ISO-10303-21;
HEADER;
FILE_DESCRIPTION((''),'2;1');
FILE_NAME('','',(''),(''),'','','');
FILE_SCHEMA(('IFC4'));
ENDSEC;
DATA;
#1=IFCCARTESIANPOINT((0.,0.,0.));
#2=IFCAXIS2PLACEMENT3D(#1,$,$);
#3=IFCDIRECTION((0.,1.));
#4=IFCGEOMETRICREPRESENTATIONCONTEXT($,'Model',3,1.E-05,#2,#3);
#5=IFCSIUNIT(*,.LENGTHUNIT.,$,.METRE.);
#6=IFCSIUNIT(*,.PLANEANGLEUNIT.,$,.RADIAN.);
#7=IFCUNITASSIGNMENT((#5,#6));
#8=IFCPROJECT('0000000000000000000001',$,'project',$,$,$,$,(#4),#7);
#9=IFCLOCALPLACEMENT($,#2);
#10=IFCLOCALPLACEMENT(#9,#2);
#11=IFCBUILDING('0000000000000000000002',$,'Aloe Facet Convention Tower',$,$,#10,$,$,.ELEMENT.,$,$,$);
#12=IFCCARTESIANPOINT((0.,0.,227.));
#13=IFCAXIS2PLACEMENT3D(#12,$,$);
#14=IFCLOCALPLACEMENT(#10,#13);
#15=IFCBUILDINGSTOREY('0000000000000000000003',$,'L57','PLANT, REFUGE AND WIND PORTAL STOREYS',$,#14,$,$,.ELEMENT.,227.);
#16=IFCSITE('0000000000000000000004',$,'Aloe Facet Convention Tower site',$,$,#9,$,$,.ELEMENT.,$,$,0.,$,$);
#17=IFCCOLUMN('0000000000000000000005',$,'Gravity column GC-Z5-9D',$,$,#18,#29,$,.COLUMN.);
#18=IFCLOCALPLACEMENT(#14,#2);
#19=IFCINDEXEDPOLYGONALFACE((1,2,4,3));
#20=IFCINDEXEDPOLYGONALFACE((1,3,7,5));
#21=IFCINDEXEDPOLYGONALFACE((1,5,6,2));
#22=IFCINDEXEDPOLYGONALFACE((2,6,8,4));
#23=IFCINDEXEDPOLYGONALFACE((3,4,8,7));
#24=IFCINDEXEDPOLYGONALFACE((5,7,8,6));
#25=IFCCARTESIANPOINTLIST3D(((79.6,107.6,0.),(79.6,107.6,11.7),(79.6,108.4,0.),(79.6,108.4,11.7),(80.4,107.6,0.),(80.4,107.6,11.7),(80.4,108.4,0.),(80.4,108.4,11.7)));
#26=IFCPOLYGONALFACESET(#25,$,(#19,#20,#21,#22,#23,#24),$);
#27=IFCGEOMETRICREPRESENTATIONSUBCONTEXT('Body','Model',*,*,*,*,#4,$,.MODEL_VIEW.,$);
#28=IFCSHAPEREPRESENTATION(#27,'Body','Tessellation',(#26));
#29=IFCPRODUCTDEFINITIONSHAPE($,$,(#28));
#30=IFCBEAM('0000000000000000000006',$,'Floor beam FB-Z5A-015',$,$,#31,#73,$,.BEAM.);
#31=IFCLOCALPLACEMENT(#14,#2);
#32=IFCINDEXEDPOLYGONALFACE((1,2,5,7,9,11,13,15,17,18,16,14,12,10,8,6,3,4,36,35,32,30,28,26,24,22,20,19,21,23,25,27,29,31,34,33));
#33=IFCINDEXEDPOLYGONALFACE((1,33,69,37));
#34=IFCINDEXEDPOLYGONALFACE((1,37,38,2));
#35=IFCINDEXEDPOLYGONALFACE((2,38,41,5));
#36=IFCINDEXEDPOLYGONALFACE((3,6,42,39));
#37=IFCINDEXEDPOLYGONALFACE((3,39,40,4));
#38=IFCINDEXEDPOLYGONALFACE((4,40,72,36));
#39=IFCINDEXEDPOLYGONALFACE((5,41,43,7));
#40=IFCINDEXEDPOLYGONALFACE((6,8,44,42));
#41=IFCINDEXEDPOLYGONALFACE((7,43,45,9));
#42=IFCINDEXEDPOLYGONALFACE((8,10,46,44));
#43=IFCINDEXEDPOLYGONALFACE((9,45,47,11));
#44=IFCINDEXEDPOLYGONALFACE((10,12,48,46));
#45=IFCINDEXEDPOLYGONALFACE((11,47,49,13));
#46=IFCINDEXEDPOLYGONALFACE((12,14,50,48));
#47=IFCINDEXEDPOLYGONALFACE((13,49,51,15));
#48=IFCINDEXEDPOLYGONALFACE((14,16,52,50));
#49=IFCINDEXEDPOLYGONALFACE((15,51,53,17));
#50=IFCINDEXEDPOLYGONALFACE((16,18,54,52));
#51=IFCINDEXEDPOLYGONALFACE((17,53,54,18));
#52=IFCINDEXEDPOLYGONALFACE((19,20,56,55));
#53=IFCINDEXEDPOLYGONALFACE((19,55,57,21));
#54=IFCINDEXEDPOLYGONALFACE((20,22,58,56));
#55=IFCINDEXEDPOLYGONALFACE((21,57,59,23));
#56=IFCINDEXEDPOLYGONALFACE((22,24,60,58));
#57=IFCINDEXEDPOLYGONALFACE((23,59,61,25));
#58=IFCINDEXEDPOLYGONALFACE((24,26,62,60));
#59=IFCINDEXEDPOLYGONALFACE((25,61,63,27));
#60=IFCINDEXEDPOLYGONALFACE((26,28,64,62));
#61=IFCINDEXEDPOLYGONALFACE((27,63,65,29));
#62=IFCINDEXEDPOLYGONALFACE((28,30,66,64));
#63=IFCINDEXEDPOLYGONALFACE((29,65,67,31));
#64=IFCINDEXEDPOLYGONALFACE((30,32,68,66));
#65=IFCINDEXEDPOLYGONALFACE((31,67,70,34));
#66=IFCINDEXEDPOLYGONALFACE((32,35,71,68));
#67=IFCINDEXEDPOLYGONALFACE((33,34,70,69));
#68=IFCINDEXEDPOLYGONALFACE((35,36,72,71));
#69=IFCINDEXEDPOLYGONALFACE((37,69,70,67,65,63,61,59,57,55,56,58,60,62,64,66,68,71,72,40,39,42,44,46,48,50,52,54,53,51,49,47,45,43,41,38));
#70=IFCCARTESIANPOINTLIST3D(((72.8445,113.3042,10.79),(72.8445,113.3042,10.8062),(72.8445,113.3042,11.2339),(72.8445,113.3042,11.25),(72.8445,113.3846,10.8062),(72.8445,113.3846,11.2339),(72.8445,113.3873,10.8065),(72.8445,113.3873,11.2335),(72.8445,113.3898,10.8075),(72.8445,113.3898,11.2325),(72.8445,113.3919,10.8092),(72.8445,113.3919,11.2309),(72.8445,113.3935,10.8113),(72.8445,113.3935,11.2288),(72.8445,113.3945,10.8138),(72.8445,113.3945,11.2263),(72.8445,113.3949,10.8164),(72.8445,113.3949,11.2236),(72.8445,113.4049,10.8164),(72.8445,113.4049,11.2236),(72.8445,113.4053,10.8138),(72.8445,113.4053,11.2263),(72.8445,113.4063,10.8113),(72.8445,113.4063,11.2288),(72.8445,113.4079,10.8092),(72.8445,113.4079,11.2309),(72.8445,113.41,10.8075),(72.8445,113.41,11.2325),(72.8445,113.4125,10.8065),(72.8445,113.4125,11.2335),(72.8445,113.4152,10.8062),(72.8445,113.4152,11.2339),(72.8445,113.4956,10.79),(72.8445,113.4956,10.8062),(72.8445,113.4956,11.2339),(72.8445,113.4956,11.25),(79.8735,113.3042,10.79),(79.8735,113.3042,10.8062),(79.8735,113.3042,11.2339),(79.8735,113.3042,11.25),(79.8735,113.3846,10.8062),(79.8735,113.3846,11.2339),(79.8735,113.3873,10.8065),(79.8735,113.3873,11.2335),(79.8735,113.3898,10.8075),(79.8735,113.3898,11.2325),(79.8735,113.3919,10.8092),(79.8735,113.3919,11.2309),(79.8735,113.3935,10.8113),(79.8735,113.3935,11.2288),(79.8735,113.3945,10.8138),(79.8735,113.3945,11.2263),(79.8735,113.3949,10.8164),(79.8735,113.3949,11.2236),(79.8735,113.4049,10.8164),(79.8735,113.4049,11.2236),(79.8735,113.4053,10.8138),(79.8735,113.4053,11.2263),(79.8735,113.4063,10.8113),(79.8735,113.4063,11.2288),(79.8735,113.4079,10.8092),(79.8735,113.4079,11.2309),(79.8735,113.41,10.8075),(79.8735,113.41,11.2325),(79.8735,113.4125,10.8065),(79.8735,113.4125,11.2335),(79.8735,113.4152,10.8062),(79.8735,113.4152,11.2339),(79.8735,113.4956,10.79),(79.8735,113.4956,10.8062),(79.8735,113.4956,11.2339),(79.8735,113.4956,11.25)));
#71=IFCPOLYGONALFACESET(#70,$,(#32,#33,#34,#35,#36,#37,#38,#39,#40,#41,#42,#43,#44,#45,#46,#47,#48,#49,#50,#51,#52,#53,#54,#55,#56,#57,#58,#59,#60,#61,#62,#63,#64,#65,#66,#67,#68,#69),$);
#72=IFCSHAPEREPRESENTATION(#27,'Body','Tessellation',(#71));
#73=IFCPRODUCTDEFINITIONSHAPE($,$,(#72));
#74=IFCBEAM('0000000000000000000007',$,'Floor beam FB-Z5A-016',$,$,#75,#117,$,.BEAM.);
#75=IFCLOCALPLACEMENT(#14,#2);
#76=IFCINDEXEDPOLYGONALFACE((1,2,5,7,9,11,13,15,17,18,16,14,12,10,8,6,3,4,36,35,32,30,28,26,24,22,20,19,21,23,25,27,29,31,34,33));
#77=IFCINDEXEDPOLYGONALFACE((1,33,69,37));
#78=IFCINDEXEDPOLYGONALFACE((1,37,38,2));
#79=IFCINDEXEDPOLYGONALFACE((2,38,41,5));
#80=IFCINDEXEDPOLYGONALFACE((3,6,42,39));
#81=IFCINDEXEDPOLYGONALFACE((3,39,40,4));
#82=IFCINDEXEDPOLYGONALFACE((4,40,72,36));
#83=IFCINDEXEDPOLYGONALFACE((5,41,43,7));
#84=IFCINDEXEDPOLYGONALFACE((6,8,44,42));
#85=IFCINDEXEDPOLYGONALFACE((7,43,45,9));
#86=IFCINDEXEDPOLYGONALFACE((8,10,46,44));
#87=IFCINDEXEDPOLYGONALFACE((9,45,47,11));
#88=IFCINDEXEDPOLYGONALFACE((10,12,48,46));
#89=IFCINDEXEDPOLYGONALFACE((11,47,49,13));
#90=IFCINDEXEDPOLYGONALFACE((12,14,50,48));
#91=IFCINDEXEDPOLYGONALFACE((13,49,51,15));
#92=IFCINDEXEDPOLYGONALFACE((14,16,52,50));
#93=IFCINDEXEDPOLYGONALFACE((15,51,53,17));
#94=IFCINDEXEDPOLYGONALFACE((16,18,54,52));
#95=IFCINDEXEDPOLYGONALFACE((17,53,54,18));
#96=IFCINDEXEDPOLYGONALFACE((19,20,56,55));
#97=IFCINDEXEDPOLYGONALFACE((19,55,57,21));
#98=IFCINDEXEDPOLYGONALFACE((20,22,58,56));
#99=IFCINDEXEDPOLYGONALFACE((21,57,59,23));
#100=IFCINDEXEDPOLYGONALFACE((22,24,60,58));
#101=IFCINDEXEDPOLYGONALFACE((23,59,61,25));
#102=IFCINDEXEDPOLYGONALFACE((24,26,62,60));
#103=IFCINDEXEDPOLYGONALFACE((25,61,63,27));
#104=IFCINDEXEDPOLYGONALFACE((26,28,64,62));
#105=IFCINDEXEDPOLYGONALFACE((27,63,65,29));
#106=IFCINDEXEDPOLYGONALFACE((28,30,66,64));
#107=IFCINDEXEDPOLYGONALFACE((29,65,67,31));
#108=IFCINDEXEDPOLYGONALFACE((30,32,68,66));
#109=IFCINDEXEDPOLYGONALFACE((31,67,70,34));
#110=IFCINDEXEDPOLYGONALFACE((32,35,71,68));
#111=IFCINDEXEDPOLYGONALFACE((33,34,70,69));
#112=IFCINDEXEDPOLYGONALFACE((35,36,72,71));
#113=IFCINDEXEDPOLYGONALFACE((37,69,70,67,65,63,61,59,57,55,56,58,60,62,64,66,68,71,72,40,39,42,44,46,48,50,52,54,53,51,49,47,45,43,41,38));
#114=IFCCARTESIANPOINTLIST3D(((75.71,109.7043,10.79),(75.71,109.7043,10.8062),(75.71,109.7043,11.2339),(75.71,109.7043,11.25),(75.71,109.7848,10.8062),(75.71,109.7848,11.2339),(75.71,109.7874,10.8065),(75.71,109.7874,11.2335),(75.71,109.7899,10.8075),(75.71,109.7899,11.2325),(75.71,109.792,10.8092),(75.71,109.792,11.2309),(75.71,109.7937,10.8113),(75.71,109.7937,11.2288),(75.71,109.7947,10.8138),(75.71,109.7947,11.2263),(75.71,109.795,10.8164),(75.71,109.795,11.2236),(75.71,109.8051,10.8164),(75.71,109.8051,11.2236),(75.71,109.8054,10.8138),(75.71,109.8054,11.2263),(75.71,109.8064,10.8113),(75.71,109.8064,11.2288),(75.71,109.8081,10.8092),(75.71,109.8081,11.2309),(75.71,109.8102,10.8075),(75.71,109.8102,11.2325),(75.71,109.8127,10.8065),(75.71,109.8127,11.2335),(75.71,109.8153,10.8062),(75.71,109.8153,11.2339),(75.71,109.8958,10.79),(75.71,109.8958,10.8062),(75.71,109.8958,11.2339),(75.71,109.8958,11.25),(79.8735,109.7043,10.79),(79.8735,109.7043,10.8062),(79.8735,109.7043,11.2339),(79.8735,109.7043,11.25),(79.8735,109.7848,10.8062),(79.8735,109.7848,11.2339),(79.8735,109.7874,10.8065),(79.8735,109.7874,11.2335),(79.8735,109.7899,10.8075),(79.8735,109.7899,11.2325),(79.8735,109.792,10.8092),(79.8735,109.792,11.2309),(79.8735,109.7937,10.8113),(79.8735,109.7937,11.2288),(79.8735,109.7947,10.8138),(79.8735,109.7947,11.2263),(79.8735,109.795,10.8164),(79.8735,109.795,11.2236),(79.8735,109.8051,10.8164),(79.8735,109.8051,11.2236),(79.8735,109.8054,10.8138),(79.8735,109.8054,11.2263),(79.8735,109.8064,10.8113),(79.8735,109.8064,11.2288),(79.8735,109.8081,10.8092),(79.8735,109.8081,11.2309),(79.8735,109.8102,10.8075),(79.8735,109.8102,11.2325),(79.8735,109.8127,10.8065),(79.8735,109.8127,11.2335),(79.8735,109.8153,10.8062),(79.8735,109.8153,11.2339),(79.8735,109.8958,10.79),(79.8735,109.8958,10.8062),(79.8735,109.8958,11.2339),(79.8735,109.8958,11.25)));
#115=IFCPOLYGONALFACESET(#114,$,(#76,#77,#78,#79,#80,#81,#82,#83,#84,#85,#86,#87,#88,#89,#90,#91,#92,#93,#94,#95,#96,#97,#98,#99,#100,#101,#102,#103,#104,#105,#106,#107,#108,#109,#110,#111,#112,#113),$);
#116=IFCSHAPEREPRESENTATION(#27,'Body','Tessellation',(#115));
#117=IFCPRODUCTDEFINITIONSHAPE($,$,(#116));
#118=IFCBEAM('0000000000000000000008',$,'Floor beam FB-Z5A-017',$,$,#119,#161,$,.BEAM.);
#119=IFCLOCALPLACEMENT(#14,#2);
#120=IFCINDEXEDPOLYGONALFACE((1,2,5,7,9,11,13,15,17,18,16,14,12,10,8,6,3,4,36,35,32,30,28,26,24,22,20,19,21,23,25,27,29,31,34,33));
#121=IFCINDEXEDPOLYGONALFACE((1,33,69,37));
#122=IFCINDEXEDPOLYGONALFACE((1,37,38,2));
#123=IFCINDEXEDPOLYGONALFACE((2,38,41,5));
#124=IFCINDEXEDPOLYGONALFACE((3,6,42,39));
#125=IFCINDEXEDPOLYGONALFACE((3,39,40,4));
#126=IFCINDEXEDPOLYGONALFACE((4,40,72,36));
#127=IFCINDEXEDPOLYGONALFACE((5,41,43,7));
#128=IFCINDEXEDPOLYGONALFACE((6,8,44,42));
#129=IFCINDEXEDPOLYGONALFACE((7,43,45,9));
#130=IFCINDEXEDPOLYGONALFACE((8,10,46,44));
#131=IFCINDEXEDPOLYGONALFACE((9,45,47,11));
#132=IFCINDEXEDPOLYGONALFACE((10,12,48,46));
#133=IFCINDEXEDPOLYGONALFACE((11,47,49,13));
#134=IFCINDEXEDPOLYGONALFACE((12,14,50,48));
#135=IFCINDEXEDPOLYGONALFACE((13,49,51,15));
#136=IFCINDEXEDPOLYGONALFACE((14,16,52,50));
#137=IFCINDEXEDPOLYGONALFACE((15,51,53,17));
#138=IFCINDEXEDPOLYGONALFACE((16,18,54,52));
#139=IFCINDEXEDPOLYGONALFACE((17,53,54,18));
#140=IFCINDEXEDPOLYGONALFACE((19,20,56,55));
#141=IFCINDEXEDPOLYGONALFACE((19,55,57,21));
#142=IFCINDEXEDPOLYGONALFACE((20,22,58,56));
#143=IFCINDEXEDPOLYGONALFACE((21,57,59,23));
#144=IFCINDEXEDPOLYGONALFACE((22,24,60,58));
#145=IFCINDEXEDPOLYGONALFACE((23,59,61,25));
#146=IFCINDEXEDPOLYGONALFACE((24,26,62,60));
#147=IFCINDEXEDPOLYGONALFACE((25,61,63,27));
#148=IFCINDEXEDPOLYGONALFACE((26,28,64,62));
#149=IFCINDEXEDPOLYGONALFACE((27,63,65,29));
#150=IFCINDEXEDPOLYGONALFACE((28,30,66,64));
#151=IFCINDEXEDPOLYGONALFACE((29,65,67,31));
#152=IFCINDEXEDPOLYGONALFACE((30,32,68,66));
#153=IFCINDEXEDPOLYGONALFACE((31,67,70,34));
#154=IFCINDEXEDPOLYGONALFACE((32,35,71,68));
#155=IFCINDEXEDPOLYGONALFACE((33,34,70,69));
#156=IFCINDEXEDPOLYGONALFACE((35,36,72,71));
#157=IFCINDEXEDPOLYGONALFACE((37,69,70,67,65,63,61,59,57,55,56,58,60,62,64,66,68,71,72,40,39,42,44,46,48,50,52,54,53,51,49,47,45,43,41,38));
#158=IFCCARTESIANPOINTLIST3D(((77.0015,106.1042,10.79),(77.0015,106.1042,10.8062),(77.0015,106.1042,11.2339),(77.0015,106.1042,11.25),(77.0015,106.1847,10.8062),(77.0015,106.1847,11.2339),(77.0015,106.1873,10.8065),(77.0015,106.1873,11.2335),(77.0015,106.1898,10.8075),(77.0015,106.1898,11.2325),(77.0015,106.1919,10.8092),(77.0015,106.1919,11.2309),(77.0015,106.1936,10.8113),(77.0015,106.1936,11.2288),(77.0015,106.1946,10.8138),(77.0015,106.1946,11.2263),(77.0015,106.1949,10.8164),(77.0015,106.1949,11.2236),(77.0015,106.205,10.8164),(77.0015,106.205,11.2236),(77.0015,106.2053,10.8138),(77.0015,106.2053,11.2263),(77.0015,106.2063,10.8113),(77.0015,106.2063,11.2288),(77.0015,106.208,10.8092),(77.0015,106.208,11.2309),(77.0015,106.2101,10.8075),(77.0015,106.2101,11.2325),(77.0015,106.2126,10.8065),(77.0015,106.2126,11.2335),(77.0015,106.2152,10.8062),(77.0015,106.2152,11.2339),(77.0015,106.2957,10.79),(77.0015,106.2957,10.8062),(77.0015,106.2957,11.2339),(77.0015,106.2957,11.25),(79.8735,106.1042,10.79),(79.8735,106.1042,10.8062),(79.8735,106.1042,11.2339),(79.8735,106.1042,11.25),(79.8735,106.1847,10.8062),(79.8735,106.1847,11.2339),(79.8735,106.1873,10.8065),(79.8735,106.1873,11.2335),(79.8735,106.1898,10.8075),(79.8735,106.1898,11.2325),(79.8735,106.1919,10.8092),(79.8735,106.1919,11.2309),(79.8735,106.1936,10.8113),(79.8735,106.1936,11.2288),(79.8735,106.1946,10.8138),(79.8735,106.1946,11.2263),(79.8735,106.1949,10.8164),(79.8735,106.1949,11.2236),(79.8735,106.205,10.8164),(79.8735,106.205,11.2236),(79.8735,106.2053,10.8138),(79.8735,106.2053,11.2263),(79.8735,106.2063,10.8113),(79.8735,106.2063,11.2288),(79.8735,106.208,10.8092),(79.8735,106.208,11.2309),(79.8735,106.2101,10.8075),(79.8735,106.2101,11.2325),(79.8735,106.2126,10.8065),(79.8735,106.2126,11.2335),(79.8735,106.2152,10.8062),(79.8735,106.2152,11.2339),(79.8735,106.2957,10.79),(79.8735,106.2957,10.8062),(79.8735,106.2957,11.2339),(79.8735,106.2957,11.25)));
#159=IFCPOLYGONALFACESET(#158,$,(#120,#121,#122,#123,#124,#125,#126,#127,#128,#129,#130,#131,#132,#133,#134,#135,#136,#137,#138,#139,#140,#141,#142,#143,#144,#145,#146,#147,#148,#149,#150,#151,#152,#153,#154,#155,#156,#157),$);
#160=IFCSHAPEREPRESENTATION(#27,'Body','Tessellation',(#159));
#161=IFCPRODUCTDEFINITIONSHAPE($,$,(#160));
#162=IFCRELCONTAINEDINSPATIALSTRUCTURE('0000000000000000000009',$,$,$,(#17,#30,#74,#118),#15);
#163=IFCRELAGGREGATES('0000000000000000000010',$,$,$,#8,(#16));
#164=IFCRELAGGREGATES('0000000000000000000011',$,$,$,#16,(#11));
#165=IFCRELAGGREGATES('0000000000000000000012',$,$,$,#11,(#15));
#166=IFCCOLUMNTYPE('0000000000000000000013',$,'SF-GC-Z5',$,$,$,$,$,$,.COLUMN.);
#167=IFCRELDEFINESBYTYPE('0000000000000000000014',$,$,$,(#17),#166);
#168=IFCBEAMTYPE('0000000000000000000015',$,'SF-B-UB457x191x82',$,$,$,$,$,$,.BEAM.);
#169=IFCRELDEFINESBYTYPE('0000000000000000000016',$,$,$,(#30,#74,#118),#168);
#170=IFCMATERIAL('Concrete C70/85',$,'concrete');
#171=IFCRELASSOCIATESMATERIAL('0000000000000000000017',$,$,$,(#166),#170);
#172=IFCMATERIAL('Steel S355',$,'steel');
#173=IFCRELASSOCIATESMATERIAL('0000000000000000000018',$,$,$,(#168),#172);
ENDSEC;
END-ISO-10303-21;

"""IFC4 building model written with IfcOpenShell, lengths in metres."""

from ifc_helpers import new_model, si_unit, direction, frame, origin, origin_2d, place, context, subcontext, project, spatial, rectangle, i_section, extrude, material, material_profile, profile_set, type_object, element, save


model = new_model("IFC4")

# Units and contexts
model_context = context("Model", 3, precision=1e-05, world=origin(), true_north=direction((0.0, 1.0)))
body_context = subcontext(model_context, "Body", "Model", "MODEL_VIEW")
ifc_project = project(units=[si_unit("LENGTHUNIT", "METRE"), si_unit("PLANEANGLEUNIT", "RADIAN")], contexts=[model_context])

# Site, building, storey
site_placement = place(None, origin())
site = spatial("IfcSite", under=ifc_project, at=site_placement, Name="Aloe Facet Convention Tower site", CompositionType="ELEMENT", RefElevation=0.0)
building_placement = place(site_placement, origin())
building = spatial("IfcBuilding", under=site, at=building_placement, Name="Aloe Facet Convention Tower", CompositionType="ELEMENT")
storey_placement = place(building_placement, frame((0.0, 0.0, 227.0)))
storey = spatial("IfcBuildingStorey", under=building, at=storey_placement, Name="L57", Description="PLANT, REFUGE AND WIND PORTAL STOREYS", CompositionType="ELEMENT", Elevation=227.0)

# Column
ifc_material_1 = material(Name="Concrete C70/85", Category="concrete")
ifc_material_profile_1 = material_profile(ifc_material_1, rectangle(XDim=0.8, YDim=0.8, at=origin_2d()), Name="SF-GC-Z5")
ifc_profile_set_1 = profile_set([ifc_material_profile_1], Name="Concrete C70/85")
column_type = type_object("IfcColumnType", Name="SF-GC-Z5", PredefinedType="COLUMN", material=ifc_profile_set_1)
column_placement = place(storey_placement, frame((80.0, 108.0, 0.0), z_axis=(0.0, 0.0, 1.0), x_axis=(1.0, 0.0, 0.0)))
element("IfcColumn", 1, at=column_placement, inside=storey, type_object=column_type, Name="Gravity column GC-Z5-9D", PredefinedType="COLUMN", context=body_context, shape_type="SweptSolid", body=[
    extrude(rectangle(XDim=0.8, YDim=0.8, at=origin_2d()), origin(), (0.0, 0.0, 1.0), 11.7),
])

# Beams
ifc_material_2 = material(Name="Steel S355", Category="steel")
ifc_material_profile_2 = material_profile(ifc_material_2, i_section(OverallWidth=0.1914, OverallDepth=0.46, WebThickness=0.01, FlangeThickness=0.0161, FilletRadius=0.0103, at=origin_2d()), Name="UB 457x191x82")
ifc_profile_set_2 = profile_set([ifc_material_profile_2], Name="Steel S355")
beam_type_1 = type_object("IfcBeamType", Name="SF-B-UB457x191x82", PredefinedType="BEAM", material=ifc_profile_set_2)
beam_1_placement = place(storey_placement, frame((72.8445, 113.3999, 11.02), z_axis=(1.0, 0.0, 0.0), x_axis=(0.0, 1.0, 0.0)))
element("IfcBeam", 2, at=beam_1_placement, inside=storey, type_object=beam_type_1, Name="Floor beam FB-Z5A-015", PredefinedType="BEAM", context=body_context, shape_type="SweptSolid", body=[
    extrude(i_section(OverallWidth=0.1914, OverallDepth=0.46, WebThickness=0.01, FlangeThickness=0.0161, FilletRadius=0.0103, at=origin_2d()), origin(), (0.0, 0.0, 1.0), 7.0291),
])
beam_2_placement = place(storey_placement, frame((75.71, 109.8, 11.02), z_axis=(1.0, 0.0, 0.0), x_axis=(0.0, 1.0, 0.0)))
element("IfcBeam", 3, at=beam_2_placement, inside=storey, type_object=beam_type_1, Name="Floor beam FB-Z5A-016", PredefinedType="BEAM", context=body_context, shape_type="SweptSolid", body=[
    extrude(i_section(OverallWidth=0.1914, OverallDepth=0.46, WebThickness=0.01, FlangeThickness=0.0161, FilletRadius=0.0103, at=origin_2d()), origin(), (0.0, 0.0, 1.0), 4.1636),
])
for number, where, z_axis, x_axis, name in (
    (4, (77.0015, 106.2, 11.02), (1.0, 0.0, 0.0), (0.0, 1.0, 0.0), "Floor beam FB-Z5A-017"),
):
    element("IfcBeam", number, at=place(storey_placement, frame(where, z_axis=z_axis, x_axis=x_axis)), inside=storey, type_object=beam_type_1, Name=name, PredefinedType="BEAM", context=body_context, shape_type="SweptSolid", body=[
        extrude(i_section(OverallWidth=0.1914, OverallDepth=0.46, WebThickness=0.01, FlangeThickness=0.0161, FilletRadius=0.0103, at=origin_2d()), origin(), (0.0, 0.0, 1.0), 2.8721),
    ])

save(model, "model.ifc")
